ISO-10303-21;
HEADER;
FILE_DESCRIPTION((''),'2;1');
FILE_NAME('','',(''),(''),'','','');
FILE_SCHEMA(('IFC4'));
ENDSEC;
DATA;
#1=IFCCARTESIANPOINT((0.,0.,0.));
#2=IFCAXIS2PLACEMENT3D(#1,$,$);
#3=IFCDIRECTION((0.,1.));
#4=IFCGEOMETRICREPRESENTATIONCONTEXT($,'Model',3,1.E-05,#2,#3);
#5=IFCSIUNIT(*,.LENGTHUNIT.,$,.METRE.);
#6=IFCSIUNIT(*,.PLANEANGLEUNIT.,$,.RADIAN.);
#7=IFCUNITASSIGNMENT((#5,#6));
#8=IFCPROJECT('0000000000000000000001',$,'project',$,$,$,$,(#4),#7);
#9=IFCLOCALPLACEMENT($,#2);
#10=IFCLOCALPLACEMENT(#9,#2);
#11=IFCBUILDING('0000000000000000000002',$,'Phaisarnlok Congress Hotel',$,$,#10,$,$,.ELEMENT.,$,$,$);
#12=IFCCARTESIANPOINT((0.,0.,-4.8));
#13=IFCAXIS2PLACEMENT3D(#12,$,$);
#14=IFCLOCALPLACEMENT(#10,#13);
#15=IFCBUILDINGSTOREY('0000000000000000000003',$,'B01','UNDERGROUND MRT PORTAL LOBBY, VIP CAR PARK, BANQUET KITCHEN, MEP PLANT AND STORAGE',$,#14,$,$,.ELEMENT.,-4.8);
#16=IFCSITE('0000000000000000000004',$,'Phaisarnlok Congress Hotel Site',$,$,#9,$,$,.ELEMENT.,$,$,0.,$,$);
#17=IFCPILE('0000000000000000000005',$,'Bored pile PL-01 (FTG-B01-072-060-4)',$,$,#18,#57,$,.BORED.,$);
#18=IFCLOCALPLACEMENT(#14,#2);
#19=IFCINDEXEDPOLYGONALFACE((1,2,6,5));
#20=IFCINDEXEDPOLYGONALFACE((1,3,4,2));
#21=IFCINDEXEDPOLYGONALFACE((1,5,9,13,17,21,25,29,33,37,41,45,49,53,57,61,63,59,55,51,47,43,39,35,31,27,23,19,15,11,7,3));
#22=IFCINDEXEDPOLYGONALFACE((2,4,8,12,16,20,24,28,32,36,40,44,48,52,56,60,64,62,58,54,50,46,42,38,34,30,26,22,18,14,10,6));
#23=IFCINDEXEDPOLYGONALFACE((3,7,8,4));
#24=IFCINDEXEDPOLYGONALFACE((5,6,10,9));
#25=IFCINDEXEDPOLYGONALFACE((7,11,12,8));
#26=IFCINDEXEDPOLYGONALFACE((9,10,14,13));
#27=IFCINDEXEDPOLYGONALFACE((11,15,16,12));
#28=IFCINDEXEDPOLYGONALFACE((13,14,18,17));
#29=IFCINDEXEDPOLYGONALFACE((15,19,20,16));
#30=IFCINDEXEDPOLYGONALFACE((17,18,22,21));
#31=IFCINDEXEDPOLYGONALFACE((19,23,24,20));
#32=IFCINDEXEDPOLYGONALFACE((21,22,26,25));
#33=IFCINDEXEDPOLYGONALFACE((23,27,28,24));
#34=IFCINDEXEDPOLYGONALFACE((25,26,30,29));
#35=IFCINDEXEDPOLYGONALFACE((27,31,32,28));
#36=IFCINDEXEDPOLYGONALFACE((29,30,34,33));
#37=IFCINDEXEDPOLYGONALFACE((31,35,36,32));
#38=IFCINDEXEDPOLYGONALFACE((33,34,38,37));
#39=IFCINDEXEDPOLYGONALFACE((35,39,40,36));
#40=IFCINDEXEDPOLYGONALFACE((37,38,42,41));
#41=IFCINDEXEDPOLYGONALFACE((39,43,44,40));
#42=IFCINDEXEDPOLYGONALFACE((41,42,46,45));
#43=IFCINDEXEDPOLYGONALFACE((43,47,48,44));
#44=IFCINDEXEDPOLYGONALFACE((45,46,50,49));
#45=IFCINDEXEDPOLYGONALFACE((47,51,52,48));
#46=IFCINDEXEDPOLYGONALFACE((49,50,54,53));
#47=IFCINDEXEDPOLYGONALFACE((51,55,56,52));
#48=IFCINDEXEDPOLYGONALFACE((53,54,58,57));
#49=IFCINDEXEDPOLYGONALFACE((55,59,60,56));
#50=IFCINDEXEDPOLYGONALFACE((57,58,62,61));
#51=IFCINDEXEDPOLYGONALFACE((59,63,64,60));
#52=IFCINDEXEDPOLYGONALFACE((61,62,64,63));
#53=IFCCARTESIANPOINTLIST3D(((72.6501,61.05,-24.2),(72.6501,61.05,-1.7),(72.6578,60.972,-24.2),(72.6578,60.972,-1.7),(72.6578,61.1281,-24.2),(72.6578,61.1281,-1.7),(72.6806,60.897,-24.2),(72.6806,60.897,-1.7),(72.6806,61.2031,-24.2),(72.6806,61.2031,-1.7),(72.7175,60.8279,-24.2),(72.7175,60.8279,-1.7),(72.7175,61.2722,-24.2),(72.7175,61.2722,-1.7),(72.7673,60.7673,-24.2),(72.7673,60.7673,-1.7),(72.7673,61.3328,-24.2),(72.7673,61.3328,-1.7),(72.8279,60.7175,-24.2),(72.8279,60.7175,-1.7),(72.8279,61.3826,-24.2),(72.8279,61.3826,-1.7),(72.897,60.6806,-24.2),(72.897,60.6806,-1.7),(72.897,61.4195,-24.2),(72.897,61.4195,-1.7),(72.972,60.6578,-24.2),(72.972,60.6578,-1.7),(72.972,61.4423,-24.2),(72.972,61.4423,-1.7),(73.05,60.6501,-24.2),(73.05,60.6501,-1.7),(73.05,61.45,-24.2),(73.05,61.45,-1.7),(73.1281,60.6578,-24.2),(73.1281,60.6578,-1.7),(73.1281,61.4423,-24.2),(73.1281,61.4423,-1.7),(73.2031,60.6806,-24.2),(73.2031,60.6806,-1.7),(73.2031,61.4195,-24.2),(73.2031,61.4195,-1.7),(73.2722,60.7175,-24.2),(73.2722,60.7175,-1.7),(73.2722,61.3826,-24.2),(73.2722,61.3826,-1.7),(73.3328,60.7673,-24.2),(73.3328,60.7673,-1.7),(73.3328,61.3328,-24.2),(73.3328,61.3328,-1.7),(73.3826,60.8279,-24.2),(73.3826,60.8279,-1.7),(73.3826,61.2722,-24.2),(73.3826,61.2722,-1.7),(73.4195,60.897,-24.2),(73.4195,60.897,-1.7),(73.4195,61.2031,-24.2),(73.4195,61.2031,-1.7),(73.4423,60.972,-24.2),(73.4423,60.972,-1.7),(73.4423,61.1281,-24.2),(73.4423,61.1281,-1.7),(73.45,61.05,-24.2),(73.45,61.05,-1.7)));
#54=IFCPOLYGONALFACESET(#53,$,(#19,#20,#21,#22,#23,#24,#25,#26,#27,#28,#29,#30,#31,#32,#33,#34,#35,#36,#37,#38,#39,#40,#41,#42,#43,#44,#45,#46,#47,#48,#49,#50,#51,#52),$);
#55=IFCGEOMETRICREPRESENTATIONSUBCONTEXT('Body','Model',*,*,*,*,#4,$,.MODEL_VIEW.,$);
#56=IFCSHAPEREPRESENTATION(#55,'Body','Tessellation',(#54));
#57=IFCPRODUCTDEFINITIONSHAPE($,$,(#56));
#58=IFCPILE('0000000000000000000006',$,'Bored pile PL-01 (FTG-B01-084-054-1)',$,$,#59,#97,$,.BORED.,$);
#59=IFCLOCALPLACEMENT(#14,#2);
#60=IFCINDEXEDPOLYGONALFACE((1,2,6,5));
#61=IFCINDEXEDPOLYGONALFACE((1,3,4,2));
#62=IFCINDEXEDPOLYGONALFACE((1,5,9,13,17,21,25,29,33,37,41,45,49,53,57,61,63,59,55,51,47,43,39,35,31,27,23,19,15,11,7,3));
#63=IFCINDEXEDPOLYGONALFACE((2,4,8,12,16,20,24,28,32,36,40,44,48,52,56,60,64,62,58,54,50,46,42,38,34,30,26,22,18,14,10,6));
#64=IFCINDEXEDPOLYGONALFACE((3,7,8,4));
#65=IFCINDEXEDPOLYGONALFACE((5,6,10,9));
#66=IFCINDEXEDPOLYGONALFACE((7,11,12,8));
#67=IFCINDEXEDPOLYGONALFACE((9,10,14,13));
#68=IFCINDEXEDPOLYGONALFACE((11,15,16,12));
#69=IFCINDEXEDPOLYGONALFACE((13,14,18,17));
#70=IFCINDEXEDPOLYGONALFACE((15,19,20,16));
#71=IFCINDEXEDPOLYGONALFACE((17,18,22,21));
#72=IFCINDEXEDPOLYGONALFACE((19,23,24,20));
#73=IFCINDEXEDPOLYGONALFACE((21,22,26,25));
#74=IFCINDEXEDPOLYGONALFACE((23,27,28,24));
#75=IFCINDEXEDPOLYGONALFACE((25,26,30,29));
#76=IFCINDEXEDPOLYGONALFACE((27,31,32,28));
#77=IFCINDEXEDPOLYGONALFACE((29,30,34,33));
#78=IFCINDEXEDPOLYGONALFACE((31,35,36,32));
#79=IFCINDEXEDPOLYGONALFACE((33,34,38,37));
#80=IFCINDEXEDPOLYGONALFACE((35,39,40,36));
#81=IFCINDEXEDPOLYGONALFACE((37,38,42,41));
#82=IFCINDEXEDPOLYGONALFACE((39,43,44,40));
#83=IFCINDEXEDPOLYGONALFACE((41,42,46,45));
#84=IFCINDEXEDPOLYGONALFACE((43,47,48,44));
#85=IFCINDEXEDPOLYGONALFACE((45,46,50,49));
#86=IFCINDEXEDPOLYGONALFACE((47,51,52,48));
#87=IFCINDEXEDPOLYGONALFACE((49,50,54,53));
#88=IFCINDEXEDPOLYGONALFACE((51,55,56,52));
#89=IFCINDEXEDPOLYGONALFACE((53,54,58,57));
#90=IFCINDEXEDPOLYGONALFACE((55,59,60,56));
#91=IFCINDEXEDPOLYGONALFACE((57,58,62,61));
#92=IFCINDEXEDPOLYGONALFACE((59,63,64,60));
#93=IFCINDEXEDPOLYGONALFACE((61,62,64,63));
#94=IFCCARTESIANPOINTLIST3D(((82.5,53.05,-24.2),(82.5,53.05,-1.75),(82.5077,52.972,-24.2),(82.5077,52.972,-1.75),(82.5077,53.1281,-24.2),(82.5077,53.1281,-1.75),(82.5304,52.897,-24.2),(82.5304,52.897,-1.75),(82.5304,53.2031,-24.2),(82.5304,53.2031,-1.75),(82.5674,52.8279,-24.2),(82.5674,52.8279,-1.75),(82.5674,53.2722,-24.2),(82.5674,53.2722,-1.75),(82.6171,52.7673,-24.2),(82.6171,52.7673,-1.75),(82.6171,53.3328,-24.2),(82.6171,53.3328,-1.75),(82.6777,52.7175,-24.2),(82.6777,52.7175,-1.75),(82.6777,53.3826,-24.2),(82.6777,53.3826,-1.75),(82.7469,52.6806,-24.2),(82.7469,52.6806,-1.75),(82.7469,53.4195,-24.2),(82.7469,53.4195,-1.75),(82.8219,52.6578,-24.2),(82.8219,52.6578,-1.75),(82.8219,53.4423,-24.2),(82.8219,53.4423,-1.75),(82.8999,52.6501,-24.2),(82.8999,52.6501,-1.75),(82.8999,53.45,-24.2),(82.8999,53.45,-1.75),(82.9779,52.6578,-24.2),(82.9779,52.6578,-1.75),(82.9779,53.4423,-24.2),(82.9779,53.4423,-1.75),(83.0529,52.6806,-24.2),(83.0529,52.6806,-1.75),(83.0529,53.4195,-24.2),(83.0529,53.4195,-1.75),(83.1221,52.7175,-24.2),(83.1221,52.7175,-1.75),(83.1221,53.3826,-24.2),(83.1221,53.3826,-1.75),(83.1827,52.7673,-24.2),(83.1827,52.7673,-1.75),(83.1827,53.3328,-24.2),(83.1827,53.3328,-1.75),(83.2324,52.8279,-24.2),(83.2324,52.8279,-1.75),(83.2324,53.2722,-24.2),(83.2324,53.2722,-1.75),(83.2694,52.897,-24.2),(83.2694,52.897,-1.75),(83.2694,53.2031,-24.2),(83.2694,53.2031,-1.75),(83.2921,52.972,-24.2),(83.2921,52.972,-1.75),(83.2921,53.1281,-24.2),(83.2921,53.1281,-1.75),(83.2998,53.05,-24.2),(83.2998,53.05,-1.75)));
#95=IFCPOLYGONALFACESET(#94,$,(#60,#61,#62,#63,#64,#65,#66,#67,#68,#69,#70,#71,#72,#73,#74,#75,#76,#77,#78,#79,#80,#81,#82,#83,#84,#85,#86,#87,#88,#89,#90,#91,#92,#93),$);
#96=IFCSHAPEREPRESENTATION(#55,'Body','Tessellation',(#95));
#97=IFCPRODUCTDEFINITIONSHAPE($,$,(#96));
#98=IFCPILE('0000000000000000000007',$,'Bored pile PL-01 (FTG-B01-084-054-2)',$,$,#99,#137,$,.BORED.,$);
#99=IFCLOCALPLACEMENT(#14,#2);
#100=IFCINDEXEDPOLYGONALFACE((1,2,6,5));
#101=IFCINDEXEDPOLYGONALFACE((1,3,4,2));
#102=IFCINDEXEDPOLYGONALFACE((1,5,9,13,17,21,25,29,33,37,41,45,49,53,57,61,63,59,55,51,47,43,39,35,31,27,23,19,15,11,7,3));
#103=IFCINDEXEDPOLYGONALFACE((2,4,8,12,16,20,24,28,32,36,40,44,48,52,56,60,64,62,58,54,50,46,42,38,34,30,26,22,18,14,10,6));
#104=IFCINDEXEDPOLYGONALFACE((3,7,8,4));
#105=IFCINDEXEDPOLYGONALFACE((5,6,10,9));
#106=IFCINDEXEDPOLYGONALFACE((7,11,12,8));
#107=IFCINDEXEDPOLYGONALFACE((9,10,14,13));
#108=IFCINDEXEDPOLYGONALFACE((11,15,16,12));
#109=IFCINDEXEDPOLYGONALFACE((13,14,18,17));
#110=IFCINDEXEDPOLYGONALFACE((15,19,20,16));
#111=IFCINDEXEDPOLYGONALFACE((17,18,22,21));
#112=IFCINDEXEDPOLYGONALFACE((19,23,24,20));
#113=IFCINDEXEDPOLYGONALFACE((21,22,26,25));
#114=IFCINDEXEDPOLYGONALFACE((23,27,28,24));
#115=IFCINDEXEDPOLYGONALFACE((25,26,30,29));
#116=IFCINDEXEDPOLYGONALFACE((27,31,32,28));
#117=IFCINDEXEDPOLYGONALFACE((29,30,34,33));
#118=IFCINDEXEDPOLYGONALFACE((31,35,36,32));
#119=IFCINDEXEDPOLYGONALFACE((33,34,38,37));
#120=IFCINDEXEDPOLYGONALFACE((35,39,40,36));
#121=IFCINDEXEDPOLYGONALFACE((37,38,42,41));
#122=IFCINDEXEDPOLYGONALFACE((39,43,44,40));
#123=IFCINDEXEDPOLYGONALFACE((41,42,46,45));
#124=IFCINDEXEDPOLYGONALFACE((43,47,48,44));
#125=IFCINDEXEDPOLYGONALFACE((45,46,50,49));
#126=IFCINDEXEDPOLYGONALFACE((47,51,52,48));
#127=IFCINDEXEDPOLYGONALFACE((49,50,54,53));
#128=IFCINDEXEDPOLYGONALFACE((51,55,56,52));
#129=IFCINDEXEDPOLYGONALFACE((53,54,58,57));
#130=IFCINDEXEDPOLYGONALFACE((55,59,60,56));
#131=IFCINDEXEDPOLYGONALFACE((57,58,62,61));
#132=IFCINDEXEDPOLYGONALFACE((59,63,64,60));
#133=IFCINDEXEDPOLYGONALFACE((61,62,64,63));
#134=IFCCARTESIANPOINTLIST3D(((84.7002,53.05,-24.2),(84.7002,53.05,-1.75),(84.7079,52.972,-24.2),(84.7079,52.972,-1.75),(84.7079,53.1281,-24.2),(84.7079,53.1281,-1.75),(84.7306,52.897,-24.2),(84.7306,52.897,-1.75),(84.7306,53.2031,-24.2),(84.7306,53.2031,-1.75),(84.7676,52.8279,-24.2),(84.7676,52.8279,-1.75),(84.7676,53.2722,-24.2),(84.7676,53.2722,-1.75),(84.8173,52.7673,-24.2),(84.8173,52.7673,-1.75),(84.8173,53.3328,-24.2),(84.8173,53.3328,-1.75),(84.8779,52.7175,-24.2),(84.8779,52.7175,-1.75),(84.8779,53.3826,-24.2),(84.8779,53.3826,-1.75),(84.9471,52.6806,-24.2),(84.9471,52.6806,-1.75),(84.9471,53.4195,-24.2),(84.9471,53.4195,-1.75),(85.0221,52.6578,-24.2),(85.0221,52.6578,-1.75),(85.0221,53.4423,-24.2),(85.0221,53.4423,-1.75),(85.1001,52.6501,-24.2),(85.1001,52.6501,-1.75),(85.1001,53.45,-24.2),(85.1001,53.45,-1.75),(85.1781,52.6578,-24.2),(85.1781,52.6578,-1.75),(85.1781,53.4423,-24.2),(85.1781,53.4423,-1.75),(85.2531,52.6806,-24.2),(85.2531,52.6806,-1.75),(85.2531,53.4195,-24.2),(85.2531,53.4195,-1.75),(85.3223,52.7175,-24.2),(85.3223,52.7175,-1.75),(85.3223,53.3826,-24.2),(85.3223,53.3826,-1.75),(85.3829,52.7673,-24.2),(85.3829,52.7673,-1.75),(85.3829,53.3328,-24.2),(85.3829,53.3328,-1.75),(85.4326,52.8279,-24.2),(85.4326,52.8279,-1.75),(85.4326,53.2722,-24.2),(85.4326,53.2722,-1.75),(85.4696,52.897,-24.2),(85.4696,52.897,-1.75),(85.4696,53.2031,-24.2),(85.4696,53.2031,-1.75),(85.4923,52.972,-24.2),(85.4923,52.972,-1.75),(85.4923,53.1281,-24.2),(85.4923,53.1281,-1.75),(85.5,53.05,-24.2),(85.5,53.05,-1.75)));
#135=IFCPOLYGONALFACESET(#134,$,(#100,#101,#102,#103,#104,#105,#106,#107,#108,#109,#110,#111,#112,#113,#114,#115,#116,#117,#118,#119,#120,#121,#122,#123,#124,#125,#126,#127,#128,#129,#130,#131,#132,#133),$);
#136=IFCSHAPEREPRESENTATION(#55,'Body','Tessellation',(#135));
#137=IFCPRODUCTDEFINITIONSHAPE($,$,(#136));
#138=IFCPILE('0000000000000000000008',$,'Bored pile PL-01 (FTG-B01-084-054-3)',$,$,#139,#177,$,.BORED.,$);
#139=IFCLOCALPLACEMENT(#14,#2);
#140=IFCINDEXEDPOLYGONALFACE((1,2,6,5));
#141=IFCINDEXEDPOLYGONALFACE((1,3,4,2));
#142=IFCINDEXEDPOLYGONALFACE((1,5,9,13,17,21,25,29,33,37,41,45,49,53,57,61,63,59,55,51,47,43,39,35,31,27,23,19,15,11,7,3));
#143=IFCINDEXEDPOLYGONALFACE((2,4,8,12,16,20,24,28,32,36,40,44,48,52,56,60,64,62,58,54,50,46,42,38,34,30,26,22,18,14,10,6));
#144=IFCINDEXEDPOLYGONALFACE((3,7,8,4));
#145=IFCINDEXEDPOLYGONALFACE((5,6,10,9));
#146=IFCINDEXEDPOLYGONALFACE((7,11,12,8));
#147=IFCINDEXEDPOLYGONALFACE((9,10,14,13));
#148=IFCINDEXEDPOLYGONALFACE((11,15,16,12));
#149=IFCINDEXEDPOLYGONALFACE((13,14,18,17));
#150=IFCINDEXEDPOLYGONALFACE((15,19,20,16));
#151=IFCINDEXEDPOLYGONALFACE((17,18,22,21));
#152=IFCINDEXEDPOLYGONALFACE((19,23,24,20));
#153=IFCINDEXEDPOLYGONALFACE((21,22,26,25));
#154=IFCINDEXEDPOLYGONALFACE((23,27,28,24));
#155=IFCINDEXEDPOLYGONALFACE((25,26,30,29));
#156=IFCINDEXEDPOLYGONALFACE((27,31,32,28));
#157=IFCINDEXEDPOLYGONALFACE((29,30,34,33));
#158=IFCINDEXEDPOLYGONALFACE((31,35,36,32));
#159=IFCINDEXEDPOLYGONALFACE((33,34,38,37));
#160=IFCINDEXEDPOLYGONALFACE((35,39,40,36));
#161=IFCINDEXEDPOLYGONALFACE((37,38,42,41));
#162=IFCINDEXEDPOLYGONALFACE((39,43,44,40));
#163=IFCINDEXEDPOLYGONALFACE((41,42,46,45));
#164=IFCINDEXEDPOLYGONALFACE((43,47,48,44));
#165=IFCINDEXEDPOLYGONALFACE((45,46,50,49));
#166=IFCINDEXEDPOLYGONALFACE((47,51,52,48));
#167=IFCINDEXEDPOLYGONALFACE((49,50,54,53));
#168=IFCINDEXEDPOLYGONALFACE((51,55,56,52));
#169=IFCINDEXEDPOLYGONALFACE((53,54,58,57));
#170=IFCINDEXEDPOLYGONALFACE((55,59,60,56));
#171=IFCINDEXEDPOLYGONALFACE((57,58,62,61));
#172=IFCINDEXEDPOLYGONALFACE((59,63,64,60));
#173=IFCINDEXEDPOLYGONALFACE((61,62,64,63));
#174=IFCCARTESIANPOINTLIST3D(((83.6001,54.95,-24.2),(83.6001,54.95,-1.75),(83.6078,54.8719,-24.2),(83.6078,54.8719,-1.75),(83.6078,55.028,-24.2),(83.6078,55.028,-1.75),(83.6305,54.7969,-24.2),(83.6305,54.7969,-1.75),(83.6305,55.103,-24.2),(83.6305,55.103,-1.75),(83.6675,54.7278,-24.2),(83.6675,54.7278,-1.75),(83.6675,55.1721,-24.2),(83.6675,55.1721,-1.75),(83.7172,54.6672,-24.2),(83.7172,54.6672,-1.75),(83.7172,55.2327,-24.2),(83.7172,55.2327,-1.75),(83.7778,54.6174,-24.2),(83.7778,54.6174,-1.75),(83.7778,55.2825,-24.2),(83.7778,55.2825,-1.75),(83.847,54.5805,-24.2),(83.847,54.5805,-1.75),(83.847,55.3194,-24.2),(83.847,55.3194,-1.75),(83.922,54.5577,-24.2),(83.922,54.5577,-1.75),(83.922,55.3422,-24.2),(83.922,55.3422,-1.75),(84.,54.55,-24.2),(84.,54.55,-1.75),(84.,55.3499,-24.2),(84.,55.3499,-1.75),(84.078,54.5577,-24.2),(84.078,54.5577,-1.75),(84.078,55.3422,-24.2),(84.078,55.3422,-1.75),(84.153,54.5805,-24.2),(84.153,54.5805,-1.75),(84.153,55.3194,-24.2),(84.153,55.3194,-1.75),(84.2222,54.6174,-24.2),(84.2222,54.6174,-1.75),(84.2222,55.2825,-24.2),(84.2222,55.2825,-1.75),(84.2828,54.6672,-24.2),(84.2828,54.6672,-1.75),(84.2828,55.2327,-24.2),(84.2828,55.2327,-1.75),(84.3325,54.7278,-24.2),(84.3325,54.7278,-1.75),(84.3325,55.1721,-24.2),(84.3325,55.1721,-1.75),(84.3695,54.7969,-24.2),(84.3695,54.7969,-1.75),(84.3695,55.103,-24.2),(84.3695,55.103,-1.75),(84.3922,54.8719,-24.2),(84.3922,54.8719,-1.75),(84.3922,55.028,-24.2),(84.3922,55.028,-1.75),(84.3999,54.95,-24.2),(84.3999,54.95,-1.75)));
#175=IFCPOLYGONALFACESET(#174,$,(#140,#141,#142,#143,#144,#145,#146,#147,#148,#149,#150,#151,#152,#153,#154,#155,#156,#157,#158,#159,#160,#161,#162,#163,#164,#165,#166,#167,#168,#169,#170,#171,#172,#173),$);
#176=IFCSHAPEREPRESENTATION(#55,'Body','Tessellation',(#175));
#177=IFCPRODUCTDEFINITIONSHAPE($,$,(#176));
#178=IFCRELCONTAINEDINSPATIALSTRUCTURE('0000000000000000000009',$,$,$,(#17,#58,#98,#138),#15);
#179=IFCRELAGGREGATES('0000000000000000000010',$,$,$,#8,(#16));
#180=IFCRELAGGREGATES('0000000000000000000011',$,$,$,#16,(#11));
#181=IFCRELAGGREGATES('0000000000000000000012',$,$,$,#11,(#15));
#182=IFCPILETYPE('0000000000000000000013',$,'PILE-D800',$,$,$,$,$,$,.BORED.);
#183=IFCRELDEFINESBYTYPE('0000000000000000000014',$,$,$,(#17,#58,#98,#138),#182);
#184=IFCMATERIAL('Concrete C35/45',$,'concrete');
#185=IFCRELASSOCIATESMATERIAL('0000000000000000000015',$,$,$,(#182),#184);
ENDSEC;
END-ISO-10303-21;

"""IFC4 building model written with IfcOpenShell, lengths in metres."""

from ifc_helpers import new_model, si_unit, direction, frame, origin, origin_2d, place, context, subcontext, project, spatial, circle, extrude, material, material_profile, profile_set, type_object, element, save


model = new_model("IFC4")

# Units and contexts
model_context = context("Model", 3, precision=1e-05, world=origin(), true_north=direction((0.0, 1.0)))
body_context = subcontext(model_context, "Body", "Model", "MODEL_VIEW")
ifc_project = project(units=[si_unit("LENGTHUNIT", "METRE"), si_unit("PLANEANGLEUNIT", "RADIAN")], contexts=[model_context])

# Site, building, storey
site_placement = place(None, origin())
site = spatial("IfcSite", under=ifc_project, at=site_placement, Name="Phaisarnlok Congress Hotel Site", CompositionType="ELEMENT", RefElevation=0.0)
building_placement = place(site_placement, origin())
building = spatial("IfcBuilding", under=site, at=building_placement, Name="Phaisarnlok Congress Hotel", CompositionType="ELEMENT")
storey_placement = place(building_placement, frame((0.0, 0.0, -4.8)))
storey = spatial("IfcBuildingStorey", under=building, at=storey_placement, Name="B01", Description="UNDERGROUND MRT PORTAL LOBBY, VIP CAR PARK, BANQUET KITCHEN, MEP PLANT AND STORAGE", CompositionType="ELEMENT", Elevation=-4.8)

# Piles
ifc_material_1 = material(Name="Concrete C35/45", Category="concrete")
ifc_material_profile_1 = material_profile(ifc_material_1, circle(Radius=0.3999, at=origin_2d()), Name="BORED PILE D800")
ifc_profile_set_1 = profile_set([ifc_material_profile_1], Name="Concrete C35/45")
pile_type_1 = type_object("IfcPileType", Name="PILE-D800", PredefinedType="BORED", material=ifc_profile_set_1)
for number, where, z_axis, x_axis, name in (
    (1, (73.05, 61.05, -1.7), (0.0, 0.0, -1.0), (1.0, 0.0, 0.0), "Bored pile PL-01 (FTG-B01-072-060-4)"),
):
    element("IfcPile", number, at=place(storey_placement, frame(where, z_axis=z_axis, x_axis=x_axis)), inside=storey, type_object=pile_type_1, Name=name, PredefinedType="BORED", context=body_context, shape_type="SweptSolid", body=[
        extrude(circle(Radius=0.3999, at=origin_2d()), origin(), (0.0, 0.0, 1.0), 22.5),
    ])
for number, where, z_axis, x_axis, name in (
    (2, (82.8999, 53.05, -1.75), (0.0, 0.0, -1.0), (1.0, 0.0, 0.0), "Bored pile PL-01 (FTG-B01-084-054-1)"),
    (3, (85.1001, 53.05, -1.75), (0.0, 0.0, -1.0), (1.0, 0.0, 0.0), "Bored pile PL-01 (FTG-B01-084-054-2)"),
    (4, (84.0, 54.95, -1.75), (0.0, 0.0, -1.0), (1.0, 0.0, 0.0), "Bored pile PL-01 (FTG-B01-084-054-3)"),
):
    element("IfcPile", number, at=place(storey_placement, frame(where, z_axis=z_axis, x_axis=x_axis)), inside=storey, type_object=pile_type_1, Name=name, PredefinedType="BORED", context=body_context, shape_type="SweptSolid", body=[
        extrude(circle(Radius=0.3999, at=origin_2d()), origin(), (0.0, 0.0, 1.0), 22.45),
    ])

save(model, "model.ifc")
